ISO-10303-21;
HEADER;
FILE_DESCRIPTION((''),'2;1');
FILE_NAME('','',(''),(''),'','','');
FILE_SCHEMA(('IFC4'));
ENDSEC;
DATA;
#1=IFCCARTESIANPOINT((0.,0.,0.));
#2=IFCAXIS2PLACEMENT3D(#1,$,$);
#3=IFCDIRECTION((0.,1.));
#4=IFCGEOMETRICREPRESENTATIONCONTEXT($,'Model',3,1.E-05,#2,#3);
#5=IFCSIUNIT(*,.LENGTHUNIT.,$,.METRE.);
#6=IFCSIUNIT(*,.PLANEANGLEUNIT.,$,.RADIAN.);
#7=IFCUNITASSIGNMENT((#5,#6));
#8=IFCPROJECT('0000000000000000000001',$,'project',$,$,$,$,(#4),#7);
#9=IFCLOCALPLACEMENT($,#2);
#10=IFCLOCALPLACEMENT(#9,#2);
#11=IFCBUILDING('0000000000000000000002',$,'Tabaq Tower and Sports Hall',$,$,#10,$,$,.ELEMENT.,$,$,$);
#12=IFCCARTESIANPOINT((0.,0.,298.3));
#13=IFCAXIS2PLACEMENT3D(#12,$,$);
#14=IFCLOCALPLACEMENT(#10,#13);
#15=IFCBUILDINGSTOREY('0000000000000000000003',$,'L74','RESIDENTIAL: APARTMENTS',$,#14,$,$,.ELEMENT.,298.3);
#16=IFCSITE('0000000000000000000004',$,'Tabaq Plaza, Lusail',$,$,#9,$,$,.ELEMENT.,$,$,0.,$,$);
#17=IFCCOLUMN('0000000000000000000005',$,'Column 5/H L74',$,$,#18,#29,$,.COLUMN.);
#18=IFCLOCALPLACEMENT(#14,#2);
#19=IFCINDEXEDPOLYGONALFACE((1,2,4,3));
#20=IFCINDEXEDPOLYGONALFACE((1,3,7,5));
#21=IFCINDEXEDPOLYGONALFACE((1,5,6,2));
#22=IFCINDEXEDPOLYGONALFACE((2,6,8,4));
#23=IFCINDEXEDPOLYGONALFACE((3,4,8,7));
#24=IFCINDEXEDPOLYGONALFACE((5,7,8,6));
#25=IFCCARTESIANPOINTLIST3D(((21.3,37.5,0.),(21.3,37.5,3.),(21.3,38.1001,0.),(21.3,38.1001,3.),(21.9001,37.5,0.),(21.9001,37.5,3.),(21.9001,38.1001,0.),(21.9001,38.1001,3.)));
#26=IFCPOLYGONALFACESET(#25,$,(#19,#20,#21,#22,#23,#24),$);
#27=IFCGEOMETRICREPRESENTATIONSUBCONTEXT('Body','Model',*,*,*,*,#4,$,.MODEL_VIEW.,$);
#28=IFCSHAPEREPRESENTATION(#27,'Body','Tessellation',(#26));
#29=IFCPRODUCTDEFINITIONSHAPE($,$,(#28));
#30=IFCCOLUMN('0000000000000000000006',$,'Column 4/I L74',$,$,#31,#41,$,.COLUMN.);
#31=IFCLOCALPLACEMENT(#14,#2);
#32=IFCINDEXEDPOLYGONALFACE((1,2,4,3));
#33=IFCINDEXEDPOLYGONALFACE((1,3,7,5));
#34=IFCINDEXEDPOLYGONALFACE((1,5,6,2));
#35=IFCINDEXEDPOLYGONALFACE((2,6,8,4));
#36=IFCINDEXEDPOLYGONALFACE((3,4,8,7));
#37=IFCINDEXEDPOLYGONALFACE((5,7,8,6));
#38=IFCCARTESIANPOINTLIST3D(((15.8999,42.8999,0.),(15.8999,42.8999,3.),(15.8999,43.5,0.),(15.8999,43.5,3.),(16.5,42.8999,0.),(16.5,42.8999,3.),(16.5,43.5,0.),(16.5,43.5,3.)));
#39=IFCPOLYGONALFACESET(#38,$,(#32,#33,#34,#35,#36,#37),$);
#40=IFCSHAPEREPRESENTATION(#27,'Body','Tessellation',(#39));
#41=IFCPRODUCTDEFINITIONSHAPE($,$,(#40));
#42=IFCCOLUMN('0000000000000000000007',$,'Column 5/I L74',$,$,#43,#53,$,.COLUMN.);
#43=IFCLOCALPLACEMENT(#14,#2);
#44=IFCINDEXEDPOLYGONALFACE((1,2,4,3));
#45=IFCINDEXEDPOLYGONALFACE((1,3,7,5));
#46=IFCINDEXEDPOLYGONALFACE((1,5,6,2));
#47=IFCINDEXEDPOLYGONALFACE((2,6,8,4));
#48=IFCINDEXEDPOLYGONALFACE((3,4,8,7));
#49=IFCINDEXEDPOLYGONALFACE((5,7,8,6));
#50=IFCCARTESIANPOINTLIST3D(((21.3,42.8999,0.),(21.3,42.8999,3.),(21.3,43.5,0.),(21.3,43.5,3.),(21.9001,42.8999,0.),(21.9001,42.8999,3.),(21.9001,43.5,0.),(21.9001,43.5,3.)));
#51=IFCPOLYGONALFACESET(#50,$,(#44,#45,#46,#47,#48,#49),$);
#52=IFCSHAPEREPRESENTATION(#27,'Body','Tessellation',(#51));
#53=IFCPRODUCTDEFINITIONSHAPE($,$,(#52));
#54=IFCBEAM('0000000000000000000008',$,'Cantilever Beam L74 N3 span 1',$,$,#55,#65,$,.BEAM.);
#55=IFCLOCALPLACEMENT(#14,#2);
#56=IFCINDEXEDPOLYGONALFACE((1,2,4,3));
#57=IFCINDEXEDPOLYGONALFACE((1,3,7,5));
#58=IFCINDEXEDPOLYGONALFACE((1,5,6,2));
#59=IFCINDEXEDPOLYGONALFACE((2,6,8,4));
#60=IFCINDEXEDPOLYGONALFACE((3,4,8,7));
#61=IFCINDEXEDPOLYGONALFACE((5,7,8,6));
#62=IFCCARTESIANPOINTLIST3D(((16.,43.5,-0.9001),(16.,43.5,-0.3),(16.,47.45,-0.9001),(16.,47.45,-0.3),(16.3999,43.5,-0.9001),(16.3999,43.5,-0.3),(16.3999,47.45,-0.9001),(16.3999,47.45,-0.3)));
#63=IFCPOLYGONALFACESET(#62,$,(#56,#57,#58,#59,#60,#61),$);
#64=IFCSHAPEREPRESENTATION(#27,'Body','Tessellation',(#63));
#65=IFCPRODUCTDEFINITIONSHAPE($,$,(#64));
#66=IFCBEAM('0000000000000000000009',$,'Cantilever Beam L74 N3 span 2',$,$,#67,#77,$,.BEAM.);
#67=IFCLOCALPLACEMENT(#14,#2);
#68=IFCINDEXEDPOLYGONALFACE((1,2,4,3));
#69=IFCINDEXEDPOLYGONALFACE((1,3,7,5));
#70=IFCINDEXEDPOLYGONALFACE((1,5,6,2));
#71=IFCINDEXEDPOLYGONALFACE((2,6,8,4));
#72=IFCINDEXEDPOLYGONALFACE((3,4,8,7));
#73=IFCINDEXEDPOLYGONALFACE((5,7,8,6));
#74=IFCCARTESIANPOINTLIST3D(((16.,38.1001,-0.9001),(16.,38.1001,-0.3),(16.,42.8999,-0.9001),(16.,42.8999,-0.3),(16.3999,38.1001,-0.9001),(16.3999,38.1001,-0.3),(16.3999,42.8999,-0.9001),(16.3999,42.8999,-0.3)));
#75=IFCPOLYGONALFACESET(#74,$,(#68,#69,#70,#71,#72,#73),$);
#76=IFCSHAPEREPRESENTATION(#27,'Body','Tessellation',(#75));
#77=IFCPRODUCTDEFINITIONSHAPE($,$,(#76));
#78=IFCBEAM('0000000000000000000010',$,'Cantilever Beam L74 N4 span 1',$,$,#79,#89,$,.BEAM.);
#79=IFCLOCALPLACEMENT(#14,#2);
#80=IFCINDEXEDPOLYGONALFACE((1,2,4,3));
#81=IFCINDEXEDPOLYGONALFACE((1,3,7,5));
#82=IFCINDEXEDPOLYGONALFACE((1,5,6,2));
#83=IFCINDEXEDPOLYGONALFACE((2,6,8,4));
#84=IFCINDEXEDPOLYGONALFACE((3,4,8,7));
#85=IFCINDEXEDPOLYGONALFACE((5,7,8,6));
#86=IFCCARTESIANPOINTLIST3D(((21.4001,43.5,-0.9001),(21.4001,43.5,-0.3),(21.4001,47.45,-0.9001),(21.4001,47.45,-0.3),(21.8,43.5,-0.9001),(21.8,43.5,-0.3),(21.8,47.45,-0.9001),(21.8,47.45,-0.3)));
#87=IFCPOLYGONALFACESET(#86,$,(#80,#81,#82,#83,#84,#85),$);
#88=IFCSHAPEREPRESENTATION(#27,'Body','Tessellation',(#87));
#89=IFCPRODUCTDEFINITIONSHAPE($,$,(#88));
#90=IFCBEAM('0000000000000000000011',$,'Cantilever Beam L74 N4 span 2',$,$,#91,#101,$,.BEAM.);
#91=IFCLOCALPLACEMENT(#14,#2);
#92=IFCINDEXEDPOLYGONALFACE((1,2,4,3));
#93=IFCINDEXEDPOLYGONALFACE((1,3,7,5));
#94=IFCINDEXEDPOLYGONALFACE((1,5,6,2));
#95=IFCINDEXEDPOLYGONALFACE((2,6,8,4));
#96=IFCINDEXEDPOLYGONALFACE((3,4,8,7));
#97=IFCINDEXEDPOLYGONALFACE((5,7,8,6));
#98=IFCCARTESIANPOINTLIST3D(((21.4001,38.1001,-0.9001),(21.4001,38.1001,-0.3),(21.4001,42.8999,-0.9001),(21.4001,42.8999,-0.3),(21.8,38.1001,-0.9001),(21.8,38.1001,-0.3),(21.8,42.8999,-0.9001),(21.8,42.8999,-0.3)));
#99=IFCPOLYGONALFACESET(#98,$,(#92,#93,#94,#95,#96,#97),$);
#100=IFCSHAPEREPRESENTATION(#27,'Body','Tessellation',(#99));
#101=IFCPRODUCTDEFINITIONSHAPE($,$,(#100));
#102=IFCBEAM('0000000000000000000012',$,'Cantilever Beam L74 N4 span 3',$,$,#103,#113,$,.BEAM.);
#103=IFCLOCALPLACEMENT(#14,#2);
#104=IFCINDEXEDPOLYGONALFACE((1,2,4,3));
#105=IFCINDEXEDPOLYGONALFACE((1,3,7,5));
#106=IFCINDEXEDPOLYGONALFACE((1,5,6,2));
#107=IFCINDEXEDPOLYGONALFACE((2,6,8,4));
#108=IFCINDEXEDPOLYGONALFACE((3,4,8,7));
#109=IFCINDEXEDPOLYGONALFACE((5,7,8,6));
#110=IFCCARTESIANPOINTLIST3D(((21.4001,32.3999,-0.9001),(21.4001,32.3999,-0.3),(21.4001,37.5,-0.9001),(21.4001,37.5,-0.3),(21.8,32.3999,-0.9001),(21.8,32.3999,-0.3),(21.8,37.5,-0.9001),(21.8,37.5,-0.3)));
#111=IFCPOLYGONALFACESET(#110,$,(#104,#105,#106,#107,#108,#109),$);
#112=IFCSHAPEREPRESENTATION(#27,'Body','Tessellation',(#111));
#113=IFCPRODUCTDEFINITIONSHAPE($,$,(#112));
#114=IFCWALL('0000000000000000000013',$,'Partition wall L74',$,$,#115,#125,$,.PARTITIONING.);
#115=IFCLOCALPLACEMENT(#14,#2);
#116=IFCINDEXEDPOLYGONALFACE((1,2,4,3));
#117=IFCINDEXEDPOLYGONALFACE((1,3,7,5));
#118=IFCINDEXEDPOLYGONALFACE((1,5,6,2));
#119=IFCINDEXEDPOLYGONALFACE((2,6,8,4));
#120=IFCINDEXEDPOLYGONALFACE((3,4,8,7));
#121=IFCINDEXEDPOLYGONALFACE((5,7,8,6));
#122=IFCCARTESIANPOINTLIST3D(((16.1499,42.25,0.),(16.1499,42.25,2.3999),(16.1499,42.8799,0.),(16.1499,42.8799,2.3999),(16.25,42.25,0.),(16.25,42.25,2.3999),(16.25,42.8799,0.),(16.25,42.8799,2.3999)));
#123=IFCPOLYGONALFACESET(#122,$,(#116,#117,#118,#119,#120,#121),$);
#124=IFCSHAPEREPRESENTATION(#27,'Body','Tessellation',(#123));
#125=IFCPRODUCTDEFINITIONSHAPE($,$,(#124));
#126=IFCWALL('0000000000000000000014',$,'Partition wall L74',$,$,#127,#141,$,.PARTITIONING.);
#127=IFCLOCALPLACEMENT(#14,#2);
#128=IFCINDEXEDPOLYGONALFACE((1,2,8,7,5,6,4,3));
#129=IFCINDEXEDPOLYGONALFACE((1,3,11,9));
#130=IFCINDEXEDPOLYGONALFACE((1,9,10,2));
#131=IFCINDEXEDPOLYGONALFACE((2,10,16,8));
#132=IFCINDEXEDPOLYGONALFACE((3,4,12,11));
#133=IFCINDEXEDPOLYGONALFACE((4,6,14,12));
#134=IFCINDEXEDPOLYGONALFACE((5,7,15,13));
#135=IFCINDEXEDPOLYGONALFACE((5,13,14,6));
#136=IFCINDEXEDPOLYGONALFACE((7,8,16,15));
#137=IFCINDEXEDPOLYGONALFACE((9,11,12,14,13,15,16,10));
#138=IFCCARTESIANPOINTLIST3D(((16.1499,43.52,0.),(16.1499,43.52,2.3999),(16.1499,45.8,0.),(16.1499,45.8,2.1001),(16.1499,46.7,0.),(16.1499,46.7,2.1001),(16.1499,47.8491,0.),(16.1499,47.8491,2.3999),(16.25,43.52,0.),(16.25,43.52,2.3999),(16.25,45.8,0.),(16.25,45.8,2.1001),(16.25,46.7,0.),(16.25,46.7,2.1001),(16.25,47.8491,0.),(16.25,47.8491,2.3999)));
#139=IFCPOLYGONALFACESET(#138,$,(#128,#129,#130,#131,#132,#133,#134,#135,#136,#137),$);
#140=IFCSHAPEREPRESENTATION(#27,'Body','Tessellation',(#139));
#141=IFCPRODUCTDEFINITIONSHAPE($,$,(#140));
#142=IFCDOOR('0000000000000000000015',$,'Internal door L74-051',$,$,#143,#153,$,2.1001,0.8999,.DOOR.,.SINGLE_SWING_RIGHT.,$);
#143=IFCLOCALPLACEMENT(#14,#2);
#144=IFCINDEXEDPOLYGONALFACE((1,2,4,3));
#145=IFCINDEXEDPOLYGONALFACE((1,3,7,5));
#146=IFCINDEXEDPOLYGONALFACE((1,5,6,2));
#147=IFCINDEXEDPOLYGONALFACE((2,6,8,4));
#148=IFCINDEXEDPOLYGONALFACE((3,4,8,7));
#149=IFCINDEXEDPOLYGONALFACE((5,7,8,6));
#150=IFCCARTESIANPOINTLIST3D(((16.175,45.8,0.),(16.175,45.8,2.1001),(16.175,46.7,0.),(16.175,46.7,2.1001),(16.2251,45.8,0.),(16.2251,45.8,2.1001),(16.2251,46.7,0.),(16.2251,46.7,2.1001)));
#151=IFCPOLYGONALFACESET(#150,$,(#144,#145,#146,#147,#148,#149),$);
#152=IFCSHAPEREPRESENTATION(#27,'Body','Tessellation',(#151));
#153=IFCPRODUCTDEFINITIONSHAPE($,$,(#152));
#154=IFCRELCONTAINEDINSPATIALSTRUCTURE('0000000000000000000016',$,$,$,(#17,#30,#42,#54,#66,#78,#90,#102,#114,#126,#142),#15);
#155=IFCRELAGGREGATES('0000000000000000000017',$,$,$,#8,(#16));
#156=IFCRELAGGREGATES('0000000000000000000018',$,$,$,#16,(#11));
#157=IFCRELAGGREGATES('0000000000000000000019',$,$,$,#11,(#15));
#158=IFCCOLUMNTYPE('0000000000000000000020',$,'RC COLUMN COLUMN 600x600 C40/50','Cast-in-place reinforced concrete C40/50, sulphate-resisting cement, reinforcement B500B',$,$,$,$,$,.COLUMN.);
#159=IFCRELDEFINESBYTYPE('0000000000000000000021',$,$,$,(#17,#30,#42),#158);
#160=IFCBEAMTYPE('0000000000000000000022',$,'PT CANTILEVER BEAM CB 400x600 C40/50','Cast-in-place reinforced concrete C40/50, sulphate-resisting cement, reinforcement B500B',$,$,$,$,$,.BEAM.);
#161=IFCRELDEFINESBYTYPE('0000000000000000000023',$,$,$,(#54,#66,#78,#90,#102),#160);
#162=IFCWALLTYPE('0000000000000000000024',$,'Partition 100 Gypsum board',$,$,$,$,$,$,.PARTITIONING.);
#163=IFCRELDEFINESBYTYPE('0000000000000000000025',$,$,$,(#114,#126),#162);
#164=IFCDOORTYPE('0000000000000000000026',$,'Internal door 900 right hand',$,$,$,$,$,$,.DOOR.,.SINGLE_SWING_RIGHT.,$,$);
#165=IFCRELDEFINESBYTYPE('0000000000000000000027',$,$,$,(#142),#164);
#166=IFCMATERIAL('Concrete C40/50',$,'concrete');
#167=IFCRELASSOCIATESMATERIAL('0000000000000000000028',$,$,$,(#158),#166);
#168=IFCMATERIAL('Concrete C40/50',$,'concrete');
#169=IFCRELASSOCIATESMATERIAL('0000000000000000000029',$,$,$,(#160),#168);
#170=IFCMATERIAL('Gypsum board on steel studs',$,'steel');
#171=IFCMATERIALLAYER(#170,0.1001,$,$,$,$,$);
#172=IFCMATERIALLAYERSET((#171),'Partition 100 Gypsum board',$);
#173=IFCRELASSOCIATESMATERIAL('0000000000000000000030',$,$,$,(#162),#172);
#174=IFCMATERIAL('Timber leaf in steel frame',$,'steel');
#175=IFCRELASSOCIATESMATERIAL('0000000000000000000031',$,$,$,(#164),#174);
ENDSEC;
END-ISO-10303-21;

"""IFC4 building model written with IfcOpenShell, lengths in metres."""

from ifc_helpers import new_model, si_unit, direction, frame, frame_2d, origin, origin_2d, place, context, subcontext, project, spatial, rectangle, extrude, material, layer, layer_set, material_profile, profile_set, type_object, element, fill, save


model = new_model("IFC4")

# Units and contexts
model_context = context("Model", 3, precision=1e-05, world=origin(), true_north=direction((0.0, 1.0)))
body_context = subcontext(model_context, "Body", "Model", "MODEL_VIEW")
ifc_project = project(units=[si_unit("LENGTHUNIT", "METRE"), si_unit("PLANEANGLEUNIT", "RADIAN")], contexts=[model_context])

# Site, building, storey
site_placement = place(None, origin())
site = spatial("IfcSite", under=ifc_project, at=site_placement, Name="Tabaq Plaza, Lusail", CompositionType="ELEMENT", RefElevation=0.0)
building_placement = place(site_placement, origin())
building = spatial("IfcBuilding", under=site, at=building_placement, Name="Tabaq Tower and Sports Hall", CompositionType="ELEMENT")
storey_placement = place(building_placement, frame((0.0, 0.0, 298.3)))
storey = spatial("IfcBuildingStorey", under=building, at=storey_placement, Name="L74", Description="RESIDENTIAL: APARTMENTS", CompositionType="ELEMENT", Elevation=298.3)

# Columns
ifc_material_1 = material(Name="Concrete C40/50", Category="concrete")
ifc_material_profile_1 = material_profile(ifc_material_1, rectangle(XDim=0.6001, YDim=0.6001, at=origin_2d()), Name="COLUMN 600x600")
ifc_profile_set_1 = profile_set([ifc_material_profile_1], Name="Concrete C40/50")
column_type = type_object("IfcColumnType", Name="RC COLUMN COLUMN 600x600 C40/50", Description="Cast-in-place reinforced concrete C40/50, sulphate-resisting cement, reinforcement B500B", PredefinedType="COLUMN", material=ifc_profile_set_1)
for number, where, z_axis, x_axis, name in (
    (1, (21.6001, 37.8, 0.0), (0.0, 0.0, 1.0), (1.0, 0.0, 0.0), "Column 5/H L74"),
    (2, (16.2, 43.2, 0.0), (0.0, 0.0, 1.0), (1.0, 0.0, 0.0), "Column 4/I L74"),
    (3, (21.6001, 43.2, 0.0), (0.0, 0.0, 1.0), (1.0, 0.0, 0.0), "Column 5/I L74"),
):
    element("IfcColumn", number, at=place(storey_placement, frame(where, z_axis=z_axis, x_axis=x_axis)), inside=storey, type_object=column_type, Name=name, PredefinedType="COLUMN", context=body_context, shape_type="SweptSolid", body=[
        extrude(rectangle(XDim=0.6001, YDim=0.6001, at=origin_2d()), origin(), (0.0, 0.0, 1.0), 3.0),
    ])

# Beams
ifc_material_2 = material(Name="Concrete C40/50", Category="concrete")
ifc_material_profile_2 = material_profile(ifc_material_2, rectangle(XDim=0.3999, YDim=0.6001, at=origin_2d()), Name="CB 400x600")
ifc_profile_set_2 = profile_set([ifc_material_profile_2], Name="Concrete C40/50")
beam_type = type_object("IfcBeamType", Name="PT CANTILEVER BEAM CB 400x600 C40/50", Description="Cast-in-place reinforced concrete C40/50, sulphate-resisting cement, reinforcement B500B", PredefinedType="BEAM", material=ifc_profile_set_2)
beam_1_placement = place(storey_placement, frame((16.2, 47.45, -0.6001), z_axis=(0.0, -1.0, 0.0), x_axis=(1.0, 0.0, 0.0)))
element("IfcBeam", 4, at=beam_1_placement, inside=storey, type_object=beam_type, Name="Cantilever Beam L74 N3 span 1", PredefinedType="BEAM", context=body_context, shape_type="SweptSolid", body=[
    extrude(rectangle(XDim=0.3999, YDim=0.6001, at=origin_2d()), origin(), (0.0, 0.0, 1.0), 3.95),
])
beam_2_placement = place(storey_placement, frame((16.2, 42.8999, -0.6001), z_axis=(0.0, -1.0, 0.0), x_axis=(1.0, 0.0, 0.0)))
element("IfcBeam", 5, at=beam_2_placement, inside=storey, type_object=beam_type, Name="Cantilever Beam L74 N3 span 2", PredefinedType="BEAM", context=body_context, shape_type="SweptSolid", body=[
    extrude(rectangle(XDim=0.3999, YDim=0.6001, at=origin_2d()), origin(), (0.0, 0.0, 1.0), 4.7998),
])
beam_3_placement = place(storey_placement, frame((21.6001, 47.45, -0.6001), z_axis=(0.0, -1.0, 0.0), x_axis=(1.0, 0.0, 0.0)))
element("IfcBeam", 6, at=beam_3_placement, inside=storey, type_object=beam_type, Name="Cantilever Beam L74 N4 span 1", PredefinedType="BEAM", context=body_context, shape_type="SweptSolid", body=[
    extrude(rectangle(XDim=0.3999, YDim=0.6001, at=origin_2d()), origin(), (0.0, 0.0, 1.0), 3.95),
])
beam_4_placement = place(storey_placement, frame((21.6001, 42.8999, -0.6001), z_axis=(0.0, -1.0, 0.0), x_axis=(1.0, 0.0, 0.0)))
element("IfcBeam", 7, at=beam_4_placement, inside=storey, type_object=beam_type, Name="Cantilever Beam L74 N4 span 2", PredefinedType="BEAM", context=body_context, shape_type="SweptSolid", body=[
    extrude(rectangle(XDim=0.3999, YDim=0.6001, at=origin_2d()), origin(), (0.0, 0.0, 1.0), 4.7998),
])
beam_5_placement = place(storey_placement, frame((21.6001, 37.5, -0.6001), z_axis=(0.0, -1.0, 0.0), x_axis=(1.0, 0.0, 0.0)))
element("IfcBeam", 8, at=beam_5_placement, inside=storey, type_object=beam_type, Name="Cantilever Beam L74 N4 span 3", PredefinedType="BEAM", context=body_context, shape_type="SweptSolid", body=[
    extrude(rectangle(XDim=0.3999, YDim=0.6001, at=origin_2d()), origin(), (0.0, 0.0, 1.0), 5.1001),
])

# Wall
ifc_material_3 = material(Name="Gypsum board on steel studs", Category="steel")
ifc_layer_1 = layer(ifc_material_3, 0.1001)
ifc_layer_set_1 = layer_set([ifc_layer_1], Name="Partition 100 Gypsum board")
wall_type_1 = type_object("IfcWallType", Name="Partition 100 Gypsum board", PredefinedType="PARTITIONING", material=ifc_layer_set_1)
wall_1_placement = place(storey_placement, frame((16.2, 42.25, 0.0), z_axis=(0.0, 0.0, 1.0), x_axis=(0.0, 1.0, 0.0)))
element("IfcWall", 9, at=wall_1_placement, inside=storey, type_object=wall_type_1, Name="Partition wall L74", PredefinedType="PARTITIONING", context=body_context, shape_type="SweptSolid", body=[
    extrude(rectangle(XDim=0.6299, YDim=0.1001, at=frame_2d((0.3149, 0.0))), origin(), (0.0, 0.0, 1.0), 2.3999),
])

# Wall, opening, door
wall_2_placement = place(storey_placement, frame((16.2, 43.52, 0.0), z_axis=(0.0, 0.0, 1.0), x_axis=(0.0, 1.0, 0.0)))
wall_2 = element("IfcWall", 10, at=wall_2_placement, inside=storey, type_object=wall_type_1, Name="Partition wall L74", PredefinedType="PARTITIONING", context=body_context, shape_type="SweptSolid", body=[
    extrude(rectangle(XDim=4.3291, YDim=0.1001, at=frame_2d((2.1646, 0.0))), origin(), (0.0, 0.0, 1.0), 2.3999),
])
opening_1_placement = place(wall_2_placement, frame((2.28, 0.0, 0.0)))
opening_1 = element("IfcOpeningElement", 11, at=opening_1_placement, cuts=wall_2, PredefinedType="OPENING", context=body_context, shape_type="SweptSolid", body=[
    extrude(rectangle(XDim=0.8999, YDim=2.1001, at=frame_2d((0.45, 1.05))), frame((0.0, 0.05, 0.0), z_axis=(0.0, -1.0, 0.0), x_axis=(1.0, 0.0, 0.0)), (0.0, 0.0, 1.0), 0.1001),
])
ifc_material_4 = material(Name="Timber leaf in steel frame", Category="steel")
door_type_1 = type_object("IfcDoorType", Name="Internal door 900 right hand", OperationType="SINGLE_SWING_RIGHT", PredefinedType="DOOR", material=ifc_material_4)
door_1_placement = place(opening_1_placement, origin())
door_1 = element("IfcDoor", 12, at=door_1_placement, inside=storey, type_object=door_type_1, Name="Internal door L74-051", OperationType="SINGLE_SWING_RIGHT", OverallHeight=2.1001, OverallWidth=0.8999, PredefinedType="DOOR", context=body_context, shape_type="SweptSolid", body=[
    extrude(rectangle(XDim=0.8999, YDim=2.1001, at=frame_2d((0.45, 1.05))), frame((0.0, 0.0249, 0.0), z_axis=(0.0, -1.0, 0.0), x_axis=(1.0, 0.0, 0.0)), (0.0, 0.0, 1.0), 0.05),
])
fill(opening_1, door_1)

save(model, "model.ifc")
